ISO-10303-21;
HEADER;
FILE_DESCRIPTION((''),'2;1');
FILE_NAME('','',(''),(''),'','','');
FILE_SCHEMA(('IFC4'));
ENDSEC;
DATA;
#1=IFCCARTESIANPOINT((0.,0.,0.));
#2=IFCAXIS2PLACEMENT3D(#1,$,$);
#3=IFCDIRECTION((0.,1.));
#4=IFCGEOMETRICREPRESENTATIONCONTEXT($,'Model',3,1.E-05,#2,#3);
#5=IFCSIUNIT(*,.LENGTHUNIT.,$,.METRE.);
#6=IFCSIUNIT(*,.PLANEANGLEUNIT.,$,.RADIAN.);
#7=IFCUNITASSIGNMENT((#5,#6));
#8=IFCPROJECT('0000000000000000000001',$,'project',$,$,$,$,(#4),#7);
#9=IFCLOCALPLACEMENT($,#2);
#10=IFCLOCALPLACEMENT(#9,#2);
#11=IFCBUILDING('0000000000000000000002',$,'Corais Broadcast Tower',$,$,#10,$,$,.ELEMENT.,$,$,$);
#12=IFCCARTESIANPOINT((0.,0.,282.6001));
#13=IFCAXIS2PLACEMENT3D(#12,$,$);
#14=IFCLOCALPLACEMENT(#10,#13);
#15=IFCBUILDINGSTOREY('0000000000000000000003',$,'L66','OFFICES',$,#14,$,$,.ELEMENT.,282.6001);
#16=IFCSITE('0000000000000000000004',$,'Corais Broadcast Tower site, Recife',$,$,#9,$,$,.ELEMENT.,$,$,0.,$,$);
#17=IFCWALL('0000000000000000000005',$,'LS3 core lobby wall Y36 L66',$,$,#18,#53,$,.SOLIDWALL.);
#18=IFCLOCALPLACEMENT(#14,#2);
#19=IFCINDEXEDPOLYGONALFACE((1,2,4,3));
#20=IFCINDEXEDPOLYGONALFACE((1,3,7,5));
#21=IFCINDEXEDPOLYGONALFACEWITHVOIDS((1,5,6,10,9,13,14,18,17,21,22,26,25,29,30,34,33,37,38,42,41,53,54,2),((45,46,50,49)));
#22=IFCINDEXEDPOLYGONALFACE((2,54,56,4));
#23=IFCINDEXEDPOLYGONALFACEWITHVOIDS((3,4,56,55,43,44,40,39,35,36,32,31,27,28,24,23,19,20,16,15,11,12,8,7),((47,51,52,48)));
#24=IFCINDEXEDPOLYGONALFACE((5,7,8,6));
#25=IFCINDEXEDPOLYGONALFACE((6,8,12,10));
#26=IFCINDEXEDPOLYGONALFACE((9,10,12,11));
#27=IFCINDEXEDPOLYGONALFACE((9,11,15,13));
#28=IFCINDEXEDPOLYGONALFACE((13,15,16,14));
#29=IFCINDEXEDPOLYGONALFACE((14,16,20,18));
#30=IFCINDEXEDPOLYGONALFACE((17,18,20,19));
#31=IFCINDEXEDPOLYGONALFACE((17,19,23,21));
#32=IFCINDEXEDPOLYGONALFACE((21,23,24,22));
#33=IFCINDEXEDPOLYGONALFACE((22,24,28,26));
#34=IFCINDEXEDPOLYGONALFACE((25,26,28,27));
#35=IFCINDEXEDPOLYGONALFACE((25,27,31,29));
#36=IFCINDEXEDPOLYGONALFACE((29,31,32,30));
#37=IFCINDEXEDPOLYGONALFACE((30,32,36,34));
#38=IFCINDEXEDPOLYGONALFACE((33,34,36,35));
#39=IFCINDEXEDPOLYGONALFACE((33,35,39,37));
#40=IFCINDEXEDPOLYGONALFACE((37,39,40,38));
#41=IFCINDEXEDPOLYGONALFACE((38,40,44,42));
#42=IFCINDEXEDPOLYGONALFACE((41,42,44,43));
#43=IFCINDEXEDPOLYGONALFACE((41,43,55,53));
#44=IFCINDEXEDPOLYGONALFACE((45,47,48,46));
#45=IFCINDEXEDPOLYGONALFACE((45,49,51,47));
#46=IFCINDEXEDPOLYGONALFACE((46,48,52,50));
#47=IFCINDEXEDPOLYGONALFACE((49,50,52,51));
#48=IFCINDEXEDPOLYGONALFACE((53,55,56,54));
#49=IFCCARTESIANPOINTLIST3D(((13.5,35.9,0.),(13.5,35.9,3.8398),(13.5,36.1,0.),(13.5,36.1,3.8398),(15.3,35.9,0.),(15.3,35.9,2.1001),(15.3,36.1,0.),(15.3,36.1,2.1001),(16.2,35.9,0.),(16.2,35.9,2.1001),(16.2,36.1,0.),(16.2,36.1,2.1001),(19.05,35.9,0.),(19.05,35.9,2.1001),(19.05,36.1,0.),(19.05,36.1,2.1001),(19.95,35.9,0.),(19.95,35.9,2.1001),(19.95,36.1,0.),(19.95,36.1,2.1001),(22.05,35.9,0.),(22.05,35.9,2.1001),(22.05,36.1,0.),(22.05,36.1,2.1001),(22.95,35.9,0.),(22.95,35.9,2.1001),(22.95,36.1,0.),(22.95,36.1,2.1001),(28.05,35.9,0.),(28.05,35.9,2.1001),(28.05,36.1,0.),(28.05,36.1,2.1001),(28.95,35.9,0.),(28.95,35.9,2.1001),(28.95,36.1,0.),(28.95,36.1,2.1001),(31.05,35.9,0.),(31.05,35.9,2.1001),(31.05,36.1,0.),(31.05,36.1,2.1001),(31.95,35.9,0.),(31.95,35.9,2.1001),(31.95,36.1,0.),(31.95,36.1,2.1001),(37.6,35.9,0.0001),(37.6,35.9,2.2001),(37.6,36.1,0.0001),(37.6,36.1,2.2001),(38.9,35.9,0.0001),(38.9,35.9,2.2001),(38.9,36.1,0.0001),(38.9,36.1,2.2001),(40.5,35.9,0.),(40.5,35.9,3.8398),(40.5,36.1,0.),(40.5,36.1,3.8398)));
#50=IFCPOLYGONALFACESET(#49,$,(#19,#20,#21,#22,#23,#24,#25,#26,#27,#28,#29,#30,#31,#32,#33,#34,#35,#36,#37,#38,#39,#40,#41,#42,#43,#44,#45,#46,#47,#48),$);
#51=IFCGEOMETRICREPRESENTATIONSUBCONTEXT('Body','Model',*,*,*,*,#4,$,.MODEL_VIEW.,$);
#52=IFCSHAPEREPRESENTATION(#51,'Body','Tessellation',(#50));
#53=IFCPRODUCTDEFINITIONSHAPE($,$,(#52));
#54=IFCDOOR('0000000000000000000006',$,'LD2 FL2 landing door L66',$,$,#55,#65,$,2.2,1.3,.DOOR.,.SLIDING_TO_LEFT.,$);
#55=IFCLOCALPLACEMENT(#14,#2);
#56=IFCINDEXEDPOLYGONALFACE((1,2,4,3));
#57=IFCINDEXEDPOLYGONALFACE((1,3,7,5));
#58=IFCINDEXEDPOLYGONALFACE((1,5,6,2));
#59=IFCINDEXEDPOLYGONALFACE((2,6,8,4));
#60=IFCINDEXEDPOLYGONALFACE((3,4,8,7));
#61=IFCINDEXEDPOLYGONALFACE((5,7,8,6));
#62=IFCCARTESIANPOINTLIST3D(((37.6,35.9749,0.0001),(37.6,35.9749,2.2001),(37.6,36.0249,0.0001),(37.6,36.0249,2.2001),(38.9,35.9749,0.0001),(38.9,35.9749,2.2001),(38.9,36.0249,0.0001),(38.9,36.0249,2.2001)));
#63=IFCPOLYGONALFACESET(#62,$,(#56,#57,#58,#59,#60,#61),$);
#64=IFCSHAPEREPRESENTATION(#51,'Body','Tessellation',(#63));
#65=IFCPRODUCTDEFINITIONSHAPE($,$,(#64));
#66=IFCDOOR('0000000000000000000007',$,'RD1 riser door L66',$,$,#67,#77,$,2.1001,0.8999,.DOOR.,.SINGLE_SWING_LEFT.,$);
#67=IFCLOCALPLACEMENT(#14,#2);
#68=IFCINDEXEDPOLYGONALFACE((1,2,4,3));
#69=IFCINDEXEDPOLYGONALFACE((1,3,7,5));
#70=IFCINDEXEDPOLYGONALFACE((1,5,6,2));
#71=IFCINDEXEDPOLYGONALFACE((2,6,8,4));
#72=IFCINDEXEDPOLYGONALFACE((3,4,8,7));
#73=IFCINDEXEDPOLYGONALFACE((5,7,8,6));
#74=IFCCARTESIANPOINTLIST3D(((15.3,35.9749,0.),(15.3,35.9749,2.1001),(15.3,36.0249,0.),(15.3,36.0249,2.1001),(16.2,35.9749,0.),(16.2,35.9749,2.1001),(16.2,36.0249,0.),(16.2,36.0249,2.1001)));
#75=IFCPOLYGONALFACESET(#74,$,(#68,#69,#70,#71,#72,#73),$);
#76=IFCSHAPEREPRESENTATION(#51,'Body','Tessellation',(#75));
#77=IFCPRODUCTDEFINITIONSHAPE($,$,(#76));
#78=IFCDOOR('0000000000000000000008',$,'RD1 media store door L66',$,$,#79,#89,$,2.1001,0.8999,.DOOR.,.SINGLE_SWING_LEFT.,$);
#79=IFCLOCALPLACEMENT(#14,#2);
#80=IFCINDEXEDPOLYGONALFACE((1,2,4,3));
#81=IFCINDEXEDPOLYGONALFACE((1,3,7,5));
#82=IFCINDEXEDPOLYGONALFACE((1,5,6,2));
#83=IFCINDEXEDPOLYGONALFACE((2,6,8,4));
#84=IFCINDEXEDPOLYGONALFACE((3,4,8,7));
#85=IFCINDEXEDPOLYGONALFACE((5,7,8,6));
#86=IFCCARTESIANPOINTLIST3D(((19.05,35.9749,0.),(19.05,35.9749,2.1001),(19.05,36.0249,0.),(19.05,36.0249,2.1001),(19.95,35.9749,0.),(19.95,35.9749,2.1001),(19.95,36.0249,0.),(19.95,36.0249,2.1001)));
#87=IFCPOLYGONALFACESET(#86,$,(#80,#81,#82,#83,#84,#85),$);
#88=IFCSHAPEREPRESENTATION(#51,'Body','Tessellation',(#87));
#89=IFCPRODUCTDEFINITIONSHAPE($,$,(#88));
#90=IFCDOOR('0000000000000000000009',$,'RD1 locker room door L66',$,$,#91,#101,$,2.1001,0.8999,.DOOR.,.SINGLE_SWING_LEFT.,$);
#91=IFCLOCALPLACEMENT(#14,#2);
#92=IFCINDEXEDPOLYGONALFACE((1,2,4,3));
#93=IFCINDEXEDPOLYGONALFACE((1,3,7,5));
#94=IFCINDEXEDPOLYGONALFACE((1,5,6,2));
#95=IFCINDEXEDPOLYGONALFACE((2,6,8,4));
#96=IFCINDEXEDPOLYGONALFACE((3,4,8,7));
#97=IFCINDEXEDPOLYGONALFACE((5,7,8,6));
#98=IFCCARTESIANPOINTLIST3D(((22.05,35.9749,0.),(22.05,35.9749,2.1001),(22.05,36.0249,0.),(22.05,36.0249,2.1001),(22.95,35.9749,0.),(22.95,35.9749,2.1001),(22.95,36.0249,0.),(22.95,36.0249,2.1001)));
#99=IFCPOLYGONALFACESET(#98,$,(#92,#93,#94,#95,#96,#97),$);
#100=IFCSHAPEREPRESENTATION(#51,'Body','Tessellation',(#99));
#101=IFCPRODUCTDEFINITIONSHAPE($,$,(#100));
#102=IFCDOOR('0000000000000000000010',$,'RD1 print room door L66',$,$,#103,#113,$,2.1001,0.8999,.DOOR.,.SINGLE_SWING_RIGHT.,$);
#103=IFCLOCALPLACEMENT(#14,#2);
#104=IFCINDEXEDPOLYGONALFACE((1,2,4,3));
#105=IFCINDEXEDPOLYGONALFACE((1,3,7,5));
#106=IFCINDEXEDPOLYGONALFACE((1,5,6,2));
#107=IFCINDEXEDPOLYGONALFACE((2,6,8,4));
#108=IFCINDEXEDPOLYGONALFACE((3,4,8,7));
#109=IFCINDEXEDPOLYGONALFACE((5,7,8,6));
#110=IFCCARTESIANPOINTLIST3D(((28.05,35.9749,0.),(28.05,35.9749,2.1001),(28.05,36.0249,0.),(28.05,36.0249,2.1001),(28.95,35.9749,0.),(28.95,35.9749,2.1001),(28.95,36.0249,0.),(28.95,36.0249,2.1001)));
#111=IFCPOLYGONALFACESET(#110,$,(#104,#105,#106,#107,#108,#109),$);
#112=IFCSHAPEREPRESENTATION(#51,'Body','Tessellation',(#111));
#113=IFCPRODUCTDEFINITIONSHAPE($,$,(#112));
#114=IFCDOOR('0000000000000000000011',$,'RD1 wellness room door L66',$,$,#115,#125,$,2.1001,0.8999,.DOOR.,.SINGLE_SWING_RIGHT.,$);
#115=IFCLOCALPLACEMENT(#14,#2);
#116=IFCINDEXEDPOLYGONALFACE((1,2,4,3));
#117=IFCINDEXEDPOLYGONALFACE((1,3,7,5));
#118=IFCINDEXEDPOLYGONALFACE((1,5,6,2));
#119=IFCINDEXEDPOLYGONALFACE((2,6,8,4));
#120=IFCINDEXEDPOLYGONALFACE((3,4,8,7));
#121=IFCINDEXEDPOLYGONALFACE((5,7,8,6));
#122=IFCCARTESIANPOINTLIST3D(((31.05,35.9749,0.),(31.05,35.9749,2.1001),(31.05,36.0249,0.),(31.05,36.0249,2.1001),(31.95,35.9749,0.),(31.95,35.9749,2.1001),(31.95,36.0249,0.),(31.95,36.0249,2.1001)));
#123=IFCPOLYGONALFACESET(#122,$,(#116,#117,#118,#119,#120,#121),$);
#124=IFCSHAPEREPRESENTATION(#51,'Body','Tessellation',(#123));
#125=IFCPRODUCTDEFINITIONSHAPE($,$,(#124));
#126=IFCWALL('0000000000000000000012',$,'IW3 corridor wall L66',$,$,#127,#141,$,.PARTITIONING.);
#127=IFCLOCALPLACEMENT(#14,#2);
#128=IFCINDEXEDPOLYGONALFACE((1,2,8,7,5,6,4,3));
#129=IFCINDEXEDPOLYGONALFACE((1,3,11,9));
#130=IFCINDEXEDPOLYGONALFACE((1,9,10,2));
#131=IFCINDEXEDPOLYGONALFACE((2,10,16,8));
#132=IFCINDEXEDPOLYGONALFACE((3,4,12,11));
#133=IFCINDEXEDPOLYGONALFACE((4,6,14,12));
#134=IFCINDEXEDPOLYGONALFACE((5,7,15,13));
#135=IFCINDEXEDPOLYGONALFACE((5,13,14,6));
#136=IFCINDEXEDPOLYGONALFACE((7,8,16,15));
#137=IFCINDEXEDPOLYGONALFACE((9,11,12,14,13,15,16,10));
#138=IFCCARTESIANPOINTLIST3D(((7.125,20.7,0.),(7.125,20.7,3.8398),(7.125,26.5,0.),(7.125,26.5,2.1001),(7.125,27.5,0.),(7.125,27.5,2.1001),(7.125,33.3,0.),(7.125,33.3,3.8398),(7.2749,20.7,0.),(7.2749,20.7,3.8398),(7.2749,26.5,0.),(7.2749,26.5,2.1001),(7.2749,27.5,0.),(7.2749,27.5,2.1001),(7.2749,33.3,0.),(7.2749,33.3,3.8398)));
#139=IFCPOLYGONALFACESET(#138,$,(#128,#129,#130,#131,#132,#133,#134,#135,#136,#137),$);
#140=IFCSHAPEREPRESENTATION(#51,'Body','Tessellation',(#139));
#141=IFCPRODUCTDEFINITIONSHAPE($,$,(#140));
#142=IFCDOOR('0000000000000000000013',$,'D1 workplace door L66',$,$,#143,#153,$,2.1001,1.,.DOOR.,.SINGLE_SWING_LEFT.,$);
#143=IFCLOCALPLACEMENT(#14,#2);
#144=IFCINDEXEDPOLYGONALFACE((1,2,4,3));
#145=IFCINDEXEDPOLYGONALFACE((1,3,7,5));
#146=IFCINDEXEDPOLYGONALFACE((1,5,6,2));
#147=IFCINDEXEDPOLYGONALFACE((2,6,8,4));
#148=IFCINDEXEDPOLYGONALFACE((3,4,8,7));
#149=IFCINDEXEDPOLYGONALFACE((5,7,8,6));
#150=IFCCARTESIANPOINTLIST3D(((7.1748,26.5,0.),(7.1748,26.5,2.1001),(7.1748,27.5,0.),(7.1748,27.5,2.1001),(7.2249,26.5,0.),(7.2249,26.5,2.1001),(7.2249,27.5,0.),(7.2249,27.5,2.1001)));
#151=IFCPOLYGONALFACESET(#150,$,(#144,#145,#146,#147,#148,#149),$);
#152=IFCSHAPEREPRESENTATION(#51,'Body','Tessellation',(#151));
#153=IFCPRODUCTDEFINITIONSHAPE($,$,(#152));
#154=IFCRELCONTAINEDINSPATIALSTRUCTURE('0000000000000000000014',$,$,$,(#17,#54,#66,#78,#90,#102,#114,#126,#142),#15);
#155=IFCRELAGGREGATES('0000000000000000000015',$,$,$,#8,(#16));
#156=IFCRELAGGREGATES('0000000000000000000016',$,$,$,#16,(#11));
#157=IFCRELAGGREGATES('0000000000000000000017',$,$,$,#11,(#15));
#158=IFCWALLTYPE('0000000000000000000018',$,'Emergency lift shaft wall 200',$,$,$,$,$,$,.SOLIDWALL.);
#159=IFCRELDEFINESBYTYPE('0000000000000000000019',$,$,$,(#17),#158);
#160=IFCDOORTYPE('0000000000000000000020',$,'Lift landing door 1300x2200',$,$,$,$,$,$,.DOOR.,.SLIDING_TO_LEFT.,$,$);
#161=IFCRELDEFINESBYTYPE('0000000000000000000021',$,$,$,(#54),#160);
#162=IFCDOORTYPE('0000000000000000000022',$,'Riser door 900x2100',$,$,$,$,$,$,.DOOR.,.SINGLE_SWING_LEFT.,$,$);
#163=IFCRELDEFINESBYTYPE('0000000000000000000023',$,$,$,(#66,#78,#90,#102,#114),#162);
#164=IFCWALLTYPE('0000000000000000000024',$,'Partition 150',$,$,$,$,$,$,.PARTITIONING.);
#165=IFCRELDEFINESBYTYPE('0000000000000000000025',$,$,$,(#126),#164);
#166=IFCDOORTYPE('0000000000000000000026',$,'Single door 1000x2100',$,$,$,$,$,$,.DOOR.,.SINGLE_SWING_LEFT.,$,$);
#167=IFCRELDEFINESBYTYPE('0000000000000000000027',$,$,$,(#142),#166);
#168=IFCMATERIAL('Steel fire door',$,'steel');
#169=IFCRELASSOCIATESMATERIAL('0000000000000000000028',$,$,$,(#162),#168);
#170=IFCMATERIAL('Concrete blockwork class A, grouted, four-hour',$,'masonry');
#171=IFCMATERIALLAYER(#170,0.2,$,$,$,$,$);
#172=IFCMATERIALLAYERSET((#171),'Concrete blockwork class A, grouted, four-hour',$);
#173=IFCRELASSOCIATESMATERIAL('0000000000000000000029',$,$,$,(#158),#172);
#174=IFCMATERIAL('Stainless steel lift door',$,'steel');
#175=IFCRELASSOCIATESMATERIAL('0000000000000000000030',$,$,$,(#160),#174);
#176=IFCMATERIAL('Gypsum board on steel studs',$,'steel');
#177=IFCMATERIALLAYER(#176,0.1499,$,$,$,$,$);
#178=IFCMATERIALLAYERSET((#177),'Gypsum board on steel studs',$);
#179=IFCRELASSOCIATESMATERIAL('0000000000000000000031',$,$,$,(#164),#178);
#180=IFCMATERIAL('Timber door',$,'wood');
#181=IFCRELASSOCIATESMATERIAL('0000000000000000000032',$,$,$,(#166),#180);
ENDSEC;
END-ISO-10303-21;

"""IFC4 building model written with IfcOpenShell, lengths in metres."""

from ifc_helpers import new_model, si_unit, direction, frame, frame_2d, origin, place, context, subcontext, project, spatial, rectangle, extrude, material, layer, layer_set, type_object, element, fill, save


model = new_model("IFC4")

# Units and contexts
model_context = context("Model", 3, precision=1e-05, world=origin(), true_north=direction((0.0, 1.0)))
body_context = subcontext(model_context, "Body", "Model", "MODEL_VIEW")
ifc_project = project(units=[si_unit("LENGTHUNIT", "METRE"), si_unit("PLANEANGLEUNIT", "RADIAN")], contexts=[model_context])

# Site, building, storey
site_placement = place(None, origin())
site = spatial("IfcSite", under=ifc_project, at=site_placement, Name="Corais Broadcast Tower site, Recife", CompositionType="ELEMENT", RefElevation=0.0)
building_placement = place(site_placement, origin())
building = spatial("IfcBuilding", under=site, at=building_placement, Name="Corais Broadcast Tower", CompositionType="ELEMENT")
storey_placement = place(building_placement, frame((0.0, 0.0, 282.6001)))
storey = spatial("IfcBuildingStorey", under=building, at=storey_placement, Name="L66", Description="OFFICES", CompositionType="ELEMENT", Elevation=282.6001)

# Wall, openings, doors
ifc_material_1 = material(Name="Steel fire door", Category="steel")
door_type_1 = type_object("IfcDoorType", Name="Riser door 900x2100", OperationType="SINGLE_SWING_LEFT", PredefinedType="DOOR", material=ifc_material_1)
ifc_material_2 = material(Name="Concrete blockwork class A, grouted, four-hour", Category="masonry")
ifc_layer_1 = layer(ifc_material_2, 0.2)
ifc_layer_set_1 = layer_set([ifc_layer_1], Name="Concrete blockwork class A, grouted, four-hour")
wall_type_1 = type_object("IfcWallType", Name="Emergency lift shaft wall 200", PredefinedType="SOLIDWALL", material=ifc_layer_set_1)
wall_1_placement = place(storey_placement, frame((13.5, 36.0, 0.0), z_axis=(0.0, 0.0, 1.0), x_axis=(1.0, 0.0, 0.0)))
wall_1 = element("IfcWall", 1, at=wall_1_placement, inside=storey, type_object=wall_type_1, Name="LS3 core lobby wall Y36 L66", PredefinedType="SOLIDWALL", context=body_context, shape_type="SweptSolid", body=[
    extrude(rectangle(XDim=27.0, YDim=0.2, at=frame_2d((13.5, 0.0))), origin(), (0.0, 0.0, 1.0), 3.8398),
])
opening_1_placement = place(wall_1_placement, frame((1.8, 0.0, 0.0)))
opening_1 = element("IfcOpeningElement", 2, at=opening_1_placement, cuts=wall_1, PredefinedType="OPENING", context=body_context, shape_type="SweptSolid", body=[
    extrude(rectangle(XDim=0.8999, YDim=2.1001, at=frame_2d((0.45, 1.05))), frame((0.0, 0.1099, 0.0), z_axis=(0.0, -1.0, 0.0), x_axis=(1.0, 0.0, 0.0)), (0.0, 0.0, 1.0), 0.22),
])
opening_2_placement = place(wall_1_placement, frame((5.55, 0.0, 0.0)))
opening_2 = element("IfcOpeningElement", 3, at=opening_2_placement, cuts=wall_1, PredefinedType="OPENING", context=body_context, shape_type="SweptSolid", body=[
    extrude(rectangle(XDim=0.8999, YDim=2.1001, at=frame_2d((0.45, 1.05))), frame((0.0, 0.1099, 0.0), z_axis=(0.0, -1.0, 0.0), x_axis=(1.0, 0.0, 0.0)), (0.0, 0.0, 1.0), 0.22),
])
opening_3_placement = place(wall_1_placement, frame((8.55, 0.0, 0.0)))
opening_3 = element("IfcOpeningElement", 4, at=opening_3_placement, cuts=wall_1, PredefinedType="OPENING", context=body_context, shape_type="SweptSolid", body=[
    extrude(rectangle(XDim=0.8999, YDim=2.1001, at=frame_2d((0.45, 1.05))), frame((0.0, 0.1099, 0.0), z_axis=(0.0, -1.0, 0.0), x_axis=(1.0, 0.0, 0.0)), (0.0, 0.0, 1.0), 0.22),
])
opening_4_placement = place(wall_1_placement, frame((14.55, 0.0, 0.0)))
opening_4 = element("IfcOpeningElement", 5, at=opening_4_placement, cuts=wall_1, PredefinedType="OPENING", context=body_context, shape_type="SweptSolid", body=[
    extrude(rectangle(XDim=0.8999, YDim=2.1001, at=frame_2d((0.45, 1.05))), frame((0.0, 0.1099, 0.0), z_axis=(0.0, -1.0, 0.0), x_axis=(1.0, 0.0, 0.0)), (0.0, 0.0, 1.0), 0.22),
])
opening_5_placement = place(wall_1_placement, frame((17.55, 0.0, 0.0)))
opening_5 = element("IfcOpeningElement", 6, at=opening_5_placement, cuts=wall_1, PredefinedType="OPENING", context=body_context, shape_type="SweptSolid", body=[
    extrude(rectangle(XDim=0.8999, YDim=2.1001, at=frame_2d((0.45, 1.05))), frame((0.0, 0.1099, 0.0), z_axis=(0.0, -1.0, 0.0), x_axis=(1.0, 0.0, 0.0)), (0.0, 0.0, 1.0), 0.22),
])
opening_6_placement = place(wall_1_placement, frame((24.1001, 0.0, 0.0)))
opening_6 = element("IfcOpeningElement", 7, at=opening_6_placement, cuts=wall_1, PredefinedType="OPENING", context=body_context, shape_type="SweptSolid", body=[
    extrude(rectangle(XDim=1.3, YDim=2.2, at=frame_2d((0.6499, 1.1001))), frame((0.0, 0.1099, 0.0), z_axis=(0.0, -1.0, 0.0), x_axis=(1.0, 0.0, 0.0)), (0.0, 0.0, 1.0), 0.22),
])
ifc_material_3 = material(Name="Stainless steel lift door", Category="steel")
door_type_2 = type_object("IfcDoorType", Name="Lift landing door 1300x2200", OperationType="SLIDING_TO_LEFT", PredefinedType="DOOR", material=ifc_material_3)
door_1_placement = place(opening_6_placement, origin())
door_1 = element("IfcDoor", 8, at=door_1_placement, inside=storey, type_object=door_type_2, Name="LD2 FL2 landing door L66", OperationType="SLIDING_TO_LEFT", OverallHeight=2.2, OverallWidth=1.3, PredefinedType="DOOR", context=body_context, shape_type="SweptSolid", body=[
    extrude(rectangle(XDim=1.3, YDim=2.2, at=frame_2d((0.6499, 1.1001))), frame((0.0, 0.0249, 0.0), z_axis=(0.0, -1.0, 0.0), x_axis=(1.0, 0.0, 0.0)), (0.0, 0.0, 1.0), 0.05),
])
fill(opening_6, door_1)
door_2_placement = place(opening_1_placement, origin())
door_2 = element("IfcDoor", 9, at=door_2_placement, inside=storey, type_object=door_type_1, Name="RD1 riser door L66", OperationType="SINGLE_SWING_LEFT", OverallHeight=2.1001, OverallWidth=0.8999, PredefinedType="DOOR", context=body_context, shape_type="SweptSolid", body=[
    extrude(rectangle(XDim=0.8999, YDim=2.1001, at=frame_2d((0.45, 1.05))), frame((0.0, 0.0249, 0.0), z_axis=(0.0, -1.0, 0.0), x_axis=(1.0, 0.0, 0.0)), (0.0, 0.0, 1.0), 0.05),
])
fill(opening_1, door_2)
door_3_placement = place(opening_2_placement, origin())
door_3 = element("IfcDoor", 10, at=door_3_placement, inside=storey, type_object=door_type_1, Name="RD1 media store door L66", OperationType="SINGLE_SWING_LEFT", OverallHeight=2.1001, OverallWidth=0.8999, PredefinedType="DOOR", context=body_context, shape_type="SweptSolid", body=[
    extrude(rectangle(XDim=0.8999, YDim=2.1001, at=frame_2d((0.45, 1.05))), frame((0.0, 0.0249, 0.0), z_axis=(0.0, -1.0, 0.0), x_axis=(1.0, 0.0, 0.0)), (0.0, 0.0, 1.0), 0.05),
])
fill(opening_2, door_3)
door_4_placement = place(opening_3_placement, origin())
door_4 = element("IfcDoor", 11, at=door_4_placement, inside=storey, type_object=door_type_1, Name="RD1 locker room door L66", OperationType="SINGLE_SWING_LEFT", OverallHeight=2.1001, OverallWidth=0.8999, PredefinedType="DOOR", context=body_context, shape_type="SweptSolid", body=[
    extrude(rectangle(XDim=0.8999, YDim=2.1001, at=frame_2d((0.45, 1.05))), frame((0.0, 0.0249, 0.0), z_axis=(0.0, -1.0, 0.0), x_axis=(1.0, 0.0, 0.0)), (0.0, 0.0, 1.0), 0.05),
])
fill(opening_3, door_4)
door_5_placement = place(opening_4_placement, origin())
door_5 = element("IfcDoor", 12, at=door_5_placement, inside=storey, type_object=door_type_1, Name="RD1 print room door L66", OperationType="SINGLE_SWING_RIGHT", OverallHeight=2.1001, OverallWidth=0.8999, PredefinedType="DOOR", context=body_context, shape_type="SweptSolid", body=[
    extrude(rectangle(XDim=0.8999, YDim=2.1001, at=frame_2d((0.45, 1.05))), frame((0.0, 0.0249, 0.0), z_axis=(0.0, -1.0, 0.0), x_axis=(1.0, 0.0, 0.0)), (0.0, 0.0, 1.0), 0.05),
])
fill(opening_4, door_5)
door_6_placement = place(opening_5_placement, origin())
door_6 = element("IfcDoor", 13, at=door_6_placement, inside=storey, type_object=door_type_1, Name="RD1 wellness room door L66", OperationType="SINGLE_SWING_RIGHT", OverallHeight=2.1001, OverallWidth=0.8999, PredefinedType="DOOR", context=body_context, shape_type="SweptSolid", body=[
    extrude(rectangle(XDim=0.8999, YDim=2.1001, at=frame_2d((0.45, 1.05))), frame((0.0, 0.0249, 0.0), z_axis=(0.0, -1.0, 0.0), x_axis=(1.0, 0.0, 0.0)), (0.0, 0.0, 1.0), 0.05),
])
fill(opening_5, door_6)

# Wall, opening, door
ifc_material_4 = material(Name="Gypsum board on steel studs", Category="steel")
ifc_layer_2 = layer(ifc_material_4, 0.1499)
ifc_layer_set_2 = layer_set([ifc_layer_2], Name="Gypsum board on steel studs")
wall_type_2 = type_object("IfcWallType", Name="Partition 150", PredefinedType="PARTITIONING", material=ifc_layer_set_2)
wall_2_placement = place(storey_placement, frame((7.2, 33.3, 0.0), z_axis=(0.0, 0.0, 1.0), x_axis=(0.0, -1.0, 0.0)))
wall_2 = element("IfcWall", 14, at=wall_2_placement, inside=storey, type_object=wall_type_2, Name="IW3 corridor wall L66", PredefinedType="PARTITIONING", context=body_context, shape_type="SweptSolid", body=[
    extrude(rectangle(XDim=12.6001, YDim=0.1499, at=frame_2d((6.3, 0.0))), origin(), (0.0, 0.0, 1.0), 3.8398),
])
opening_7_placement = place(wall_2_placement, frame((5.8, 0.0, 0.0)))
opening_7 = element("IfcOpeningElement", 15, at=opening_7_placement, cuts=wall_2, PredefinedType="OPENING", context=body_context, shape_type="SweptSolid", body=[
    extrude(rectangle(XDim=1.0, YDim=2.1001, at=frame_2d((0.5, 1.05))), frame((0.0, 0.085, 0.0), z_axis=(0.0, -1.0, 0.0), x_axis=(1.0, 0.0, 0.0)), (0.0, 0.0, 1.0), 0.1699),
])
ifc_material_5 = material(Name="Timber door", Category="wood")
door_type_3 = type_object("IfcDoorType", Name="Single door 1000x2100", OperationType="SINGLE_SWING_LEFT", PredefinedType="DOOR", material=ifc_material_5)
door_7_placement = place(opening_7_placement, origin())
door_7 = element("IfcDoor", 16, at=door_7_placement, inside=storey, type_object=door_type_3, Name="D1 workplace door L66", OperationType="SINGLE_SWING_LEFT", OverallHeight=2.1001, OverallWidth=1.0, PredefinedType="DOOR", context=body_context, shape_type="SweptSolid", body=[
    extrude(rectangle(XDim=1.0, YDim=2.1001, at=frame_2d((0.5, 1.05))), frame((0.0, 0.0249, 0.0), z_axis=(0.0, -1.0, 0.0), x_axis=(1.0, 0.0, 0.0)), (0.0, 0.0, 1.0), 0.05),
])
fill(opening_7, door_7)

save(model, "model.ifc")
